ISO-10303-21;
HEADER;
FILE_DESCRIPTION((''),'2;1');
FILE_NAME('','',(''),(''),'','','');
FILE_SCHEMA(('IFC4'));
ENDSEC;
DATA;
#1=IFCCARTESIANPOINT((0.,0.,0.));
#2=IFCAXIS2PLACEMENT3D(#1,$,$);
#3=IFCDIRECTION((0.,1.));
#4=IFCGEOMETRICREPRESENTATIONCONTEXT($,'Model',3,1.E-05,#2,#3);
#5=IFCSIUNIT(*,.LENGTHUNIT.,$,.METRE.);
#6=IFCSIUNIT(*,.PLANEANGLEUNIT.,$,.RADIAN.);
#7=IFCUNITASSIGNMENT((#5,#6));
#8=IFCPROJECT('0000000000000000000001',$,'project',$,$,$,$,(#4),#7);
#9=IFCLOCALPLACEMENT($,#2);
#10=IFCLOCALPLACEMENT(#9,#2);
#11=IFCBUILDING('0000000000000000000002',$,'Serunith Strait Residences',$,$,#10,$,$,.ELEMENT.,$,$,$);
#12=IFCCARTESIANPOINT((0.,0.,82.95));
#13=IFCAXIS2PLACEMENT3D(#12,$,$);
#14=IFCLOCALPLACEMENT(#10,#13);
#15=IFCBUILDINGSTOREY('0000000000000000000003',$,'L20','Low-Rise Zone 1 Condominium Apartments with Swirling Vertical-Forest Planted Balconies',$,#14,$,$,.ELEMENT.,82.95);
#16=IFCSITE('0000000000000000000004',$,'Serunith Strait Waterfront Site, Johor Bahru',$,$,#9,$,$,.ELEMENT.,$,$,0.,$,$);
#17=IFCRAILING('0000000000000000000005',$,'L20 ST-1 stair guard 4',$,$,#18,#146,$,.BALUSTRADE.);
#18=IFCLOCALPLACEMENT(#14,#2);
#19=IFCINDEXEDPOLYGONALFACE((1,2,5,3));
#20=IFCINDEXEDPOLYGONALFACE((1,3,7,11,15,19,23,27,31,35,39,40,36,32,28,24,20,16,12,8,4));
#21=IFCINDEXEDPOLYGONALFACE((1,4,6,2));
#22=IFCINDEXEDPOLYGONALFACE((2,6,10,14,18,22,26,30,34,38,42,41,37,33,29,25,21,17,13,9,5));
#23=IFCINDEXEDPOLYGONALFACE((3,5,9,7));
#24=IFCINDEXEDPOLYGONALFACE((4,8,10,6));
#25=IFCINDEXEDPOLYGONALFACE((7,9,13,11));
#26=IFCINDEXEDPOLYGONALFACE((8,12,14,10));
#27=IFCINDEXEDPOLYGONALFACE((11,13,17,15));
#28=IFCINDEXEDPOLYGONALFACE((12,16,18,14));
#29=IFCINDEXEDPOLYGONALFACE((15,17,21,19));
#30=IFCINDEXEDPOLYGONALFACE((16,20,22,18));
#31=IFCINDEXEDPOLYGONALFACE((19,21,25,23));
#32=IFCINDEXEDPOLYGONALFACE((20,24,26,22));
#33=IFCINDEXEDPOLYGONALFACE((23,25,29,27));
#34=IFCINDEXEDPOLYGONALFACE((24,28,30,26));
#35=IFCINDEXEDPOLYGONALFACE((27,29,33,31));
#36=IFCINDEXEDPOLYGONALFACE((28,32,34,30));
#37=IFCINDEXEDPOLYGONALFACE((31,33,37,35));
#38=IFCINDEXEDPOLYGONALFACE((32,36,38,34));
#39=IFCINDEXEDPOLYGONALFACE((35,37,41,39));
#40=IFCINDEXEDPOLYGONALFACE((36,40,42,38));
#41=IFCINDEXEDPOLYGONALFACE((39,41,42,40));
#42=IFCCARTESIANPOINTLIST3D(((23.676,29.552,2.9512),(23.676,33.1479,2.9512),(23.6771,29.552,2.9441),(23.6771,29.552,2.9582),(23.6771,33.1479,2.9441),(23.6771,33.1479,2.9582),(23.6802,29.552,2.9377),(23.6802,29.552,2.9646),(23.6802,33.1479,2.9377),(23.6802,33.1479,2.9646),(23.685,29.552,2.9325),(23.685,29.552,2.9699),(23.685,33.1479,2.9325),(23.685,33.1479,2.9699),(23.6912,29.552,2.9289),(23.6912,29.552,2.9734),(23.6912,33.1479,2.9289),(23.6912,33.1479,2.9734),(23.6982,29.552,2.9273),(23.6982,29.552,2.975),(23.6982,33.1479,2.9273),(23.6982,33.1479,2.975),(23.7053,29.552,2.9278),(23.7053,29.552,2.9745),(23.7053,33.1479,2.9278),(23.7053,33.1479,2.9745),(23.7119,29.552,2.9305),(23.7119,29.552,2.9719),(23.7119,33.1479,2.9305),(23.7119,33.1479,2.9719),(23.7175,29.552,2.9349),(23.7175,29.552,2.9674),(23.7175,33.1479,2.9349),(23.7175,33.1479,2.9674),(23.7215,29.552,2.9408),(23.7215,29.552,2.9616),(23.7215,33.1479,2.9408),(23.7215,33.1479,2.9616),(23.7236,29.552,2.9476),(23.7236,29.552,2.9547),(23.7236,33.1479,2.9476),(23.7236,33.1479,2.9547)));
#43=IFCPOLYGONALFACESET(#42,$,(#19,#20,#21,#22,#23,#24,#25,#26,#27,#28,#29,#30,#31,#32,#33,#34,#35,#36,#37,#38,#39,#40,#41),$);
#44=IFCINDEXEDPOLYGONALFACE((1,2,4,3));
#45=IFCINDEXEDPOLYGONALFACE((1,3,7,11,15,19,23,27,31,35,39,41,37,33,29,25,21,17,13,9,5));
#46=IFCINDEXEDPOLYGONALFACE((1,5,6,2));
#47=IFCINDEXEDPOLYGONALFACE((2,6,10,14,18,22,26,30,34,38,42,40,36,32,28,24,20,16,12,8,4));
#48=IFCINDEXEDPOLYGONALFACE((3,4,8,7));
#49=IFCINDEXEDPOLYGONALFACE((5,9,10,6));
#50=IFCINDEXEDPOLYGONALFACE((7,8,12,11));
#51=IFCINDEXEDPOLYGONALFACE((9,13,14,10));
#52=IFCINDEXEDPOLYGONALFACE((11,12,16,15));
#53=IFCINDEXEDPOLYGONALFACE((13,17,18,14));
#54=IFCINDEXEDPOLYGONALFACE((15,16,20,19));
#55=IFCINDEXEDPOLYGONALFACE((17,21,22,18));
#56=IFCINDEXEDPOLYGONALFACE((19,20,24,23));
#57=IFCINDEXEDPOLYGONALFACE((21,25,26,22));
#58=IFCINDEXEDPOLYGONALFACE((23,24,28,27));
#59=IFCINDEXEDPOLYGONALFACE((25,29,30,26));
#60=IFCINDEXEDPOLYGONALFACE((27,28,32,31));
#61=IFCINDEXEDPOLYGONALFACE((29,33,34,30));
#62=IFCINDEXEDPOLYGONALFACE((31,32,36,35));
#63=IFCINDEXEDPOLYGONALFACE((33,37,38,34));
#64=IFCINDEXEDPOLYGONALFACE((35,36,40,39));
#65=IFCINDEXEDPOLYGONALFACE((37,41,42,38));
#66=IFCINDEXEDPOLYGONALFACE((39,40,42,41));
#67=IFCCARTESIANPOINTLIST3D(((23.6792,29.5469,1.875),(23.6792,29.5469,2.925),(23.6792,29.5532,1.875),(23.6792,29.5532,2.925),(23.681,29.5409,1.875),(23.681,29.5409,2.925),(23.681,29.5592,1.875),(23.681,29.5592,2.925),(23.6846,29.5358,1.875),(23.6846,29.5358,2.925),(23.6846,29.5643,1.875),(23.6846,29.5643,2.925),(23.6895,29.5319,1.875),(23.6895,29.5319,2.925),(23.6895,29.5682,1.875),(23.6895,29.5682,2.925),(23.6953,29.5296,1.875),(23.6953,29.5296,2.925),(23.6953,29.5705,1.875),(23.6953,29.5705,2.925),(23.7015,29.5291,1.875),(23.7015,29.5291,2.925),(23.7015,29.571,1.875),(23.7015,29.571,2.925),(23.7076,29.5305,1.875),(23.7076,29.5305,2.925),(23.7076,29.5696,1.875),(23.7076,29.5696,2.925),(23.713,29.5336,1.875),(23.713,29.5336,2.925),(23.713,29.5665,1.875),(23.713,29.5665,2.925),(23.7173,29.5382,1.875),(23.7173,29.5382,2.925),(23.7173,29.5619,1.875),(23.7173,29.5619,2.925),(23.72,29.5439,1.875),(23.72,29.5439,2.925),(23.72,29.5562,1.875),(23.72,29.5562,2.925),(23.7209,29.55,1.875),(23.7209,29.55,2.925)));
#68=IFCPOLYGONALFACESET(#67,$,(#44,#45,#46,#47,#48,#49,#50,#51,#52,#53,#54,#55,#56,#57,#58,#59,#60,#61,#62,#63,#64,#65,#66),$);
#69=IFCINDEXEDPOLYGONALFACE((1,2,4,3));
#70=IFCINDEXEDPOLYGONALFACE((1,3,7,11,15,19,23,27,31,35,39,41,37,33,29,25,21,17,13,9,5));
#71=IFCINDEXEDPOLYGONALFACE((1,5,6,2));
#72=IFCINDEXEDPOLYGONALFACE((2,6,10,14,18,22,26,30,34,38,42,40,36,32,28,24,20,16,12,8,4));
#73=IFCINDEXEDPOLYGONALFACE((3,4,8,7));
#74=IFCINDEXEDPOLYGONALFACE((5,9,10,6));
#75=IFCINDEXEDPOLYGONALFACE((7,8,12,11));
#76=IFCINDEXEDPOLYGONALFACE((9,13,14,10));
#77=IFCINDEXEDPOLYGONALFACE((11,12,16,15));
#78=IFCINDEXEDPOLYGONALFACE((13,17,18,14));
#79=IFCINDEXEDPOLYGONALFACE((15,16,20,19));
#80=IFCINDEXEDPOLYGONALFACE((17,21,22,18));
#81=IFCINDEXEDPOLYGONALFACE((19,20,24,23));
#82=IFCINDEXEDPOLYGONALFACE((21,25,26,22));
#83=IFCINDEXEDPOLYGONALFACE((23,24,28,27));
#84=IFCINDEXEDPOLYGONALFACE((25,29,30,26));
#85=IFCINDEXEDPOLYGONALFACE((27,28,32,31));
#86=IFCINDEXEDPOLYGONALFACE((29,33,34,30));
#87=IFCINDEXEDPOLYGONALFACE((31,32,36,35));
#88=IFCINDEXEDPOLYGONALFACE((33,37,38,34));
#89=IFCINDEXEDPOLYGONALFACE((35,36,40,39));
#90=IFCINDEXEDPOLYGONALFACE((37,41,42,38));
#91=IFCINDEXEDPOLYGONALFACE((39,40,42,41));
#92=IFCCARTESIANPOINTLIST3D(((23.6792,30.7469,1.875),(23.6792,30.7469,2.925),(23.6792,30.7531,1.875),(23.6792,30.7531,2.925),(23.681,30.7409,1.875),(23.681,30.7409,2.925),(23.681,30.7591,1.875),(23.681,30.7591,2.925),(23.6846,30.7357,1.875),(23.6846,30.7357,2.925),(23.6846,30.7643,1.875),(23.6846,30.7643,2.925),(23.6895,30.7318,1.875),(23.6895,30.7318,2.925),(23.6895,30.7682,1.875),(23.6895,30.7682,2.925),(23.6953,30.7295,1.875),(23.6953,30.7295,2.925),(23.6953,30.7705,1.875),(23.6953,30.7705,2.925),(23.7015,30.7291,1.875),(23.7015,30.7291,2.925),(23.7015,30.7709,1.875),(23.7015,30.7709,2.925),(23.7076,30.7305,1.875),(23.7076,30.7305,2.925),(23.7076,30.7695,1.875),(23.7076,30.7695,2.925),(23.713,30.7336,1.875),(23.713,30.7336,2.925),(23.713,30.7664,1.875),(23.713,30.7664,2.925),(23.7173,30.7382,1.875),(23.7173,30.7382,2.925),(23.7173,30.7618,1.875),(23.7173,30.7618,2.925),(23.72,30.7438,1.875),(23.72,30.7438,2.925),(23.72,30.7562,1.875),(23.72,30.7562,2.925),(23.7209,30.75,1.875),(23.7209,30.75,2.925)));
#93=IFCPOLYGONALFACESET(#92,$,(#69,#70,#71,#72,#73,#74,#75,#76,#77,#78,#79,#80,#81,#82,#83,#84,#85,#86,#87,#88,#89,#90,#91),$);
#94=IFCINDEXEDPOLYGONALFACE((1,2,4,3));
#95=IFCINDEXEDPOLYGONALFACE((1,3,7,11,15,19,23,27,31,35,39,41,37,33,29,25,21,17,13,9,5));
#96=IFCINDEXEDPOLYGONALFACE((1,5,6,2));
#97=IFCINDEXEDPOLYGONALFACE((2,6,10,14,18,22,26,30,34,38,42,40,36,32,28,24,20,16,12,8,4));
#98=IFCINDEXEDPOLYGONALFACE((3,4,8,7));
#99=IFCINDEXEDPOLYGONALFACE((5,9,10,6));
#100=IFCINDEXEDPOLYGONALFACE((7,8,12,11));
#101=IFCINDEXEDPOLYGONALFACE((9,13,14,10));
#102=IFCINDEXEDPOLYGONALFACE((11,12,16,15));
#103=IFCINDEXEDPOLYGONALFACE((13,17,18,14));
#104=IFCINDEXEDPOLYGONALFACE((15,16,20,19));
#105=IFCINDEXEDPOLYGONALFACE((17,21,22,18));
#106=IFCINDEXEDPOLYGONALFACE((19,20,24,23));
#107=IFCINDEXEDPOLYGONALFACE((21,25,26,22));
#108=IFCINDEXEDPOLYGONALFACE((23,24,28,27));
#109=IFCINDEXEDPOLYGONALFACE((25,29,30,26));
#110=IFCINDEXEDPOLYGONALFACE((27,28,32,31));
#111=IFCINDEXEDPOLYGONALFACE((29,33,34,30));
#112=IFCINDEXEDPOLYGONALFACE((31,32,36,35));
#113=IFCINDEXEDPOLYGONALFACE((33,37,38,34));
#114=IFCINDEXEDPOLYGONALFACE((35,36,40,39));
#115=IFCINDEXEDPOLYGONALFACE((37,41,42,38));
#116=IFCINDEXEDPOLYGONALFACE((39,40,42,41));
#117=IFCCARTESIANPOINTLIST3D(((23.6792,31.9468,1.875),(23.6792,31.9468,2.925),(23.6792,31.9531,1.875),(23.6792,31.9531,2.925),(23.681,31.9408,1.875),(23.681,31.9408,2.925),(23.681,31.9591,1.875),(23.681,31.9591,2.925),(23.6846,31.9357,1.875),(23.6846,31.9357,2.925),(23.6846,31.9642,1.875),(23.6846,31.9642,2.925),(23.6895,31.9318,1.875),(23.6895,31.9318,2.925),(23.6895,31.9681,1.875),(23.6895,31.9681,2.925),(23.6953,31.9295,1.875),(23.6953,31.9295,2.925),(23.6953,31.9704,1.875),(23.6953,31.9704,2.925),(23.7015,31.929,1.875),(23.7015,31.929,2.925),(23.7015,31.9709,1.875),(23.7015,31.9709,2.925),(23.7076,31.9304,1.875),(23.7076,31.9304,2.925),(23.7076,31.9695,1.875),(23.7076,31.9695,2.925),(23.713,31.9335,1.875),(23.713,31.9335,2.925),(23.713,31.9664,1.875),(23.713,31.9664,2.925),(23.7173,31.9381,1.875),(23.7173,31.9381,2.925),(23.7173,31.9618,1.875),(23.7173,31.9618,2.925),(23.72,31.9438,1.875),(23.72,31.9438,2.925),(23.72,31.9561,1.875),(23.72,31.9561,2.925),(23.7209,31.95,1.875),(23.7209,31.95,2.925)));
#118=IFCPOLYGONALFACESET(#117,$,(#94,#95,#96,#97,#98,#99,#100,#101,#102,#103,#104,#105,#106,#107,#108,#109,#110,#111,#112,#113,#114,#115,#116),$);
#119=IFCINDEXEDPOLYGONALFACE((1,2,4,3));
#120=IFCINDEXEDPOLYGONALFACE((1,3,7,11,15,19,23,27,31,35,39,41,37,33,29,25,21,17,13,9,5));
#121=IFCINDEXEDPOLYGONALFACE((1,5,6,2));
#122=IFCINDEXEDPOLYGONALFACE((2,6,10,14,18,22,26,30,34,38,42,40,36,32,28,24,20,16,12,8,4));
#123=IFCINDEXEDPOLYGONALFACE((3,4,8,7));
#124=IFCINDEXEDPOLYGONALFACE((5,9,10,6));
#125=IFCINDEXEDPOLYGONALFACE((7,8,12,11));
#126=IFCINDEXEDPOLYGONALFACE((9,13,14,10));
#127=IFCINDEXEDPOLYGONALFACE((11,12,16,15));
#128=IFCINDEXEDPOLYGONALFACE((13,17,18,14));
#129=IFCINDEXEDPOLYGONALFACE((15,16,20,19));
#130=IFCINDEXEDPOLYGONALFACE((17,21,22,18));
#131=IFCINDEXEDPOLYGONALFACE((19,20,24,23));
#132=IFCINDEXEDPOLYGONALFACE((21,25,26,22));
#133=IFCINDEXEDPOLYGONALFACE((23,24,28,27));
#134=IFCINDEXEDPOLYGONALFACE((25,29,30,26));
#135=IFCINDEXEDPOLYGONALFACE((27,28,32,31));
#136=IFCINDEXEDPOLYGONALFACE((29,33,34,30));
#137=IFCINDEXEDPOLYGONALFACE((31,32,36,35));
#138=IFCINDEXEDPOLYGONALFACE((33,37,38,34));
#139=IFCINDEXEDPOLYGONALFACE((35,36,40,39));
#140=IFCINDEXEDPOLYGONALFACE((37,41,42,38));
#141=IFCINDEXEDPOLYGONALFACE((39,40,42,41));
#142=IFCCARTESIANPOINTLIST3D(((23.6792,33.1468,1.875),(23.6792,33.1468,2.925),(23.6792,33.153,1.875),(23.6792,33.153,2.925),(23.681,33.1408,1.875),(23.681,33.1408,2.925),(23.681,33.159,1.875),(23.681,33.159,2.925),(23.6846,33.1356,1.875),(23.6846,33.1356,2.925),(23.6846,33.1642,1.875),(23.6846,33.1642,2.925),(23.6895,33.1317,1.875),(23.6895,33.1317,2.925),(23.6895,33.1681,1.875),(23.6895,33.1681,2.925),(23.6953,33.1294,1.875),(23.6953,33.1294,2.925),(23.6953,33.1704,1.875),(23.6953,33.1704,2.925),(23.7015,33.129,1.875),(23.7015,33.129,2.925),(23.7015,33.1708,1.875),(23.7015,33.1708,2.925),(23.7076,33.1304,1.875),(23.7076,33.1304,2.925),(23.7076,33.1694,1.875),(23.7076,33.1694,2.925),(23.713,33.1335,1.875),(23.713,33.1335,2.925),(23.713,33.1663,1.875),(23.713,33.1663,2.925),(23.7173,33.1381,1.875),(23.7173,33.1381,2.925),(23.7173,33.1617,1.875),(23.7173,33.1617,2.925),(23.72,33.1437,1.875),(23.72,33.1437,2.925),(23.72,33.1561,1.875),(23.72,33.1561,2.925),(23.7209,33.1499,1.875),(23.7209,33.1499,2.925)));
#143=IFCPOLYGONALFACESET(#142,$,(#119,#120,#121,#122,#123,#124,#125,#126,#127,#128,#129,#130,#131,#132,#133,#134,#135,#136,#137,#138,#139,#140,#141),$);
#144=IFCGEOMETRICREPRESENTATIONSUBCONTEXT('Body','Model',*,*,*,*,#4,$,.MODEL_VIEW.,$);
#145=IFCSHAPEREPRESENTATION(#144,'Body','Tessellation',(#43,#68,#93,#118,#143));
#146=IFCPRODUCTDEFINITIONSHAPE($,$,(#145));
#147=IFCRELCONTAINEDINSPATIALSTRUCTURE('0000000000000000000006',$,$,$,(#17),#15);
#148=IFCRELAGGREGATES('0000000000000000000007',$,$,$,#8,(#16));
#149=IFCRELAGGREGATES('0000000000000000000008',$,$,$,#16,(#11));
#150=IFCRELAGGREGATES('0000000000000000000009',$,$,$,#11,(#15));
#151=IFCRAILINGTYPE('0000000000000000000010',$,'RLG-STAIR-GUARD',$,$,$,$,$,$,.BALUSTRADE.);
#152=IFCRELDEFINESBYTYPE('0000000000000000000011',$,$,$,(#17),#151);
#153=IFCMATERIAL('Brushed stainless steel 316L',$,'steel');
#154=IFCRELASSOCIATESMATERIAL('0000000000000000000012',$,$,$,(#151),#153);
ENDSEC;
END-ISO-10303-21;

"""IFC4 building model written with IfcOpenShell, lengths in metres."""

from ifc_helpers import new_model, si_unit, direction, frame, origin, origin_2d, place, context, subcontext, project, spatial, circle, extrude, material, type_object, element, save


model = new_model("IFC4")

# Units and contexts
model_context = context("Model", 3, precision=1e-05, world=origin(), true_north=direction((0.0, 1.0)))
body_context = subcontext(model_context, "Body", "Model", "MODEL_VIEW")
ifc_project = project(units=[si_unit("LENGTHUNIT", "METRE"), si_unit("PLANEANGLEUNIT", "RADIAN")], contexts=[model_context])

# Site, building, storey
site_placement = place(None, origin())
site = spatial("IfcSite", under=ifc_project, at=site_placement, Name="Serunith Strait Waterfront Site, Johor Bahru", CompositionType="ELEMENT", RefElevation=0.0)
building_placement = place(site_placement, origin())
building = spatial("IfcBuilding", under=site, at=building_placement, Name="Serunith Strait Residences", CompositionType="ELEMENT")
storey_placement = place(building_placement, frame((0.0, 0.0, 82.95)))
storey = spatial("IfcBuildingStorey", under=building, at=storey_placement, Name="L20", Description="Low-Rise Zone 1 Condominium Apartments with Swirling Vertical-Forest Planted Balconies", CompositionType="ELEMENT", Elevation=82.95)

# Railing
ifc_material_1 = material(Name="Brushed stainless steel 316L", Category="steel")
railing_type_1 = type_object("IfcRailingType", Name="RLG-STAIR-GUARD", PredefinedType="BALUSTRADE", material=ifc_material_1)
for number, where, name in (
    (1, (23.7, 29.55, 1.875), "L20 ST-1 stair guard 4"),
):
    element("IfcRailing", number, at=place(storey_placement, frame(where)), inside=storey, type_object=railing_type_1, Name=name, PredefinedType="BALUSTRADE", context=body_context, shape_type="SweptSolid", body=[
        extrude(circle(Radius=0.0239, at=origin_2d()), frame((0.0, 0.002, 1.0762), z_axis=(0.0, 1.0, 0.0), x_axis=(-1.0, 0.0, 0.0)), (0.0, 0.0, 1.0), 3.5959),
        extrude(circle(Radius=0.021, at=origin_2d()), origin(), (0.0, 0.0, 1.0), 1.05),
        extrude(circle(Radius=0.021, at=origin_2d()), frame((0.0, 1.2, 0.0)), (0.0, 0.0, 1.0), 1.05),
        extrude(circle(Radius=0.021, at=origin_2d()), frame((0.0, 2.3999, 0.0)), (0.0, 0.0, 1.0), 1.05),
        extrude(circle(Radius=0.021, at=origin_2d()), frame((0.0, 3.5999, 0.0)), (0.0, 0.0, 1.0), 1.05),
    ])

save(model, "model.ifc")
